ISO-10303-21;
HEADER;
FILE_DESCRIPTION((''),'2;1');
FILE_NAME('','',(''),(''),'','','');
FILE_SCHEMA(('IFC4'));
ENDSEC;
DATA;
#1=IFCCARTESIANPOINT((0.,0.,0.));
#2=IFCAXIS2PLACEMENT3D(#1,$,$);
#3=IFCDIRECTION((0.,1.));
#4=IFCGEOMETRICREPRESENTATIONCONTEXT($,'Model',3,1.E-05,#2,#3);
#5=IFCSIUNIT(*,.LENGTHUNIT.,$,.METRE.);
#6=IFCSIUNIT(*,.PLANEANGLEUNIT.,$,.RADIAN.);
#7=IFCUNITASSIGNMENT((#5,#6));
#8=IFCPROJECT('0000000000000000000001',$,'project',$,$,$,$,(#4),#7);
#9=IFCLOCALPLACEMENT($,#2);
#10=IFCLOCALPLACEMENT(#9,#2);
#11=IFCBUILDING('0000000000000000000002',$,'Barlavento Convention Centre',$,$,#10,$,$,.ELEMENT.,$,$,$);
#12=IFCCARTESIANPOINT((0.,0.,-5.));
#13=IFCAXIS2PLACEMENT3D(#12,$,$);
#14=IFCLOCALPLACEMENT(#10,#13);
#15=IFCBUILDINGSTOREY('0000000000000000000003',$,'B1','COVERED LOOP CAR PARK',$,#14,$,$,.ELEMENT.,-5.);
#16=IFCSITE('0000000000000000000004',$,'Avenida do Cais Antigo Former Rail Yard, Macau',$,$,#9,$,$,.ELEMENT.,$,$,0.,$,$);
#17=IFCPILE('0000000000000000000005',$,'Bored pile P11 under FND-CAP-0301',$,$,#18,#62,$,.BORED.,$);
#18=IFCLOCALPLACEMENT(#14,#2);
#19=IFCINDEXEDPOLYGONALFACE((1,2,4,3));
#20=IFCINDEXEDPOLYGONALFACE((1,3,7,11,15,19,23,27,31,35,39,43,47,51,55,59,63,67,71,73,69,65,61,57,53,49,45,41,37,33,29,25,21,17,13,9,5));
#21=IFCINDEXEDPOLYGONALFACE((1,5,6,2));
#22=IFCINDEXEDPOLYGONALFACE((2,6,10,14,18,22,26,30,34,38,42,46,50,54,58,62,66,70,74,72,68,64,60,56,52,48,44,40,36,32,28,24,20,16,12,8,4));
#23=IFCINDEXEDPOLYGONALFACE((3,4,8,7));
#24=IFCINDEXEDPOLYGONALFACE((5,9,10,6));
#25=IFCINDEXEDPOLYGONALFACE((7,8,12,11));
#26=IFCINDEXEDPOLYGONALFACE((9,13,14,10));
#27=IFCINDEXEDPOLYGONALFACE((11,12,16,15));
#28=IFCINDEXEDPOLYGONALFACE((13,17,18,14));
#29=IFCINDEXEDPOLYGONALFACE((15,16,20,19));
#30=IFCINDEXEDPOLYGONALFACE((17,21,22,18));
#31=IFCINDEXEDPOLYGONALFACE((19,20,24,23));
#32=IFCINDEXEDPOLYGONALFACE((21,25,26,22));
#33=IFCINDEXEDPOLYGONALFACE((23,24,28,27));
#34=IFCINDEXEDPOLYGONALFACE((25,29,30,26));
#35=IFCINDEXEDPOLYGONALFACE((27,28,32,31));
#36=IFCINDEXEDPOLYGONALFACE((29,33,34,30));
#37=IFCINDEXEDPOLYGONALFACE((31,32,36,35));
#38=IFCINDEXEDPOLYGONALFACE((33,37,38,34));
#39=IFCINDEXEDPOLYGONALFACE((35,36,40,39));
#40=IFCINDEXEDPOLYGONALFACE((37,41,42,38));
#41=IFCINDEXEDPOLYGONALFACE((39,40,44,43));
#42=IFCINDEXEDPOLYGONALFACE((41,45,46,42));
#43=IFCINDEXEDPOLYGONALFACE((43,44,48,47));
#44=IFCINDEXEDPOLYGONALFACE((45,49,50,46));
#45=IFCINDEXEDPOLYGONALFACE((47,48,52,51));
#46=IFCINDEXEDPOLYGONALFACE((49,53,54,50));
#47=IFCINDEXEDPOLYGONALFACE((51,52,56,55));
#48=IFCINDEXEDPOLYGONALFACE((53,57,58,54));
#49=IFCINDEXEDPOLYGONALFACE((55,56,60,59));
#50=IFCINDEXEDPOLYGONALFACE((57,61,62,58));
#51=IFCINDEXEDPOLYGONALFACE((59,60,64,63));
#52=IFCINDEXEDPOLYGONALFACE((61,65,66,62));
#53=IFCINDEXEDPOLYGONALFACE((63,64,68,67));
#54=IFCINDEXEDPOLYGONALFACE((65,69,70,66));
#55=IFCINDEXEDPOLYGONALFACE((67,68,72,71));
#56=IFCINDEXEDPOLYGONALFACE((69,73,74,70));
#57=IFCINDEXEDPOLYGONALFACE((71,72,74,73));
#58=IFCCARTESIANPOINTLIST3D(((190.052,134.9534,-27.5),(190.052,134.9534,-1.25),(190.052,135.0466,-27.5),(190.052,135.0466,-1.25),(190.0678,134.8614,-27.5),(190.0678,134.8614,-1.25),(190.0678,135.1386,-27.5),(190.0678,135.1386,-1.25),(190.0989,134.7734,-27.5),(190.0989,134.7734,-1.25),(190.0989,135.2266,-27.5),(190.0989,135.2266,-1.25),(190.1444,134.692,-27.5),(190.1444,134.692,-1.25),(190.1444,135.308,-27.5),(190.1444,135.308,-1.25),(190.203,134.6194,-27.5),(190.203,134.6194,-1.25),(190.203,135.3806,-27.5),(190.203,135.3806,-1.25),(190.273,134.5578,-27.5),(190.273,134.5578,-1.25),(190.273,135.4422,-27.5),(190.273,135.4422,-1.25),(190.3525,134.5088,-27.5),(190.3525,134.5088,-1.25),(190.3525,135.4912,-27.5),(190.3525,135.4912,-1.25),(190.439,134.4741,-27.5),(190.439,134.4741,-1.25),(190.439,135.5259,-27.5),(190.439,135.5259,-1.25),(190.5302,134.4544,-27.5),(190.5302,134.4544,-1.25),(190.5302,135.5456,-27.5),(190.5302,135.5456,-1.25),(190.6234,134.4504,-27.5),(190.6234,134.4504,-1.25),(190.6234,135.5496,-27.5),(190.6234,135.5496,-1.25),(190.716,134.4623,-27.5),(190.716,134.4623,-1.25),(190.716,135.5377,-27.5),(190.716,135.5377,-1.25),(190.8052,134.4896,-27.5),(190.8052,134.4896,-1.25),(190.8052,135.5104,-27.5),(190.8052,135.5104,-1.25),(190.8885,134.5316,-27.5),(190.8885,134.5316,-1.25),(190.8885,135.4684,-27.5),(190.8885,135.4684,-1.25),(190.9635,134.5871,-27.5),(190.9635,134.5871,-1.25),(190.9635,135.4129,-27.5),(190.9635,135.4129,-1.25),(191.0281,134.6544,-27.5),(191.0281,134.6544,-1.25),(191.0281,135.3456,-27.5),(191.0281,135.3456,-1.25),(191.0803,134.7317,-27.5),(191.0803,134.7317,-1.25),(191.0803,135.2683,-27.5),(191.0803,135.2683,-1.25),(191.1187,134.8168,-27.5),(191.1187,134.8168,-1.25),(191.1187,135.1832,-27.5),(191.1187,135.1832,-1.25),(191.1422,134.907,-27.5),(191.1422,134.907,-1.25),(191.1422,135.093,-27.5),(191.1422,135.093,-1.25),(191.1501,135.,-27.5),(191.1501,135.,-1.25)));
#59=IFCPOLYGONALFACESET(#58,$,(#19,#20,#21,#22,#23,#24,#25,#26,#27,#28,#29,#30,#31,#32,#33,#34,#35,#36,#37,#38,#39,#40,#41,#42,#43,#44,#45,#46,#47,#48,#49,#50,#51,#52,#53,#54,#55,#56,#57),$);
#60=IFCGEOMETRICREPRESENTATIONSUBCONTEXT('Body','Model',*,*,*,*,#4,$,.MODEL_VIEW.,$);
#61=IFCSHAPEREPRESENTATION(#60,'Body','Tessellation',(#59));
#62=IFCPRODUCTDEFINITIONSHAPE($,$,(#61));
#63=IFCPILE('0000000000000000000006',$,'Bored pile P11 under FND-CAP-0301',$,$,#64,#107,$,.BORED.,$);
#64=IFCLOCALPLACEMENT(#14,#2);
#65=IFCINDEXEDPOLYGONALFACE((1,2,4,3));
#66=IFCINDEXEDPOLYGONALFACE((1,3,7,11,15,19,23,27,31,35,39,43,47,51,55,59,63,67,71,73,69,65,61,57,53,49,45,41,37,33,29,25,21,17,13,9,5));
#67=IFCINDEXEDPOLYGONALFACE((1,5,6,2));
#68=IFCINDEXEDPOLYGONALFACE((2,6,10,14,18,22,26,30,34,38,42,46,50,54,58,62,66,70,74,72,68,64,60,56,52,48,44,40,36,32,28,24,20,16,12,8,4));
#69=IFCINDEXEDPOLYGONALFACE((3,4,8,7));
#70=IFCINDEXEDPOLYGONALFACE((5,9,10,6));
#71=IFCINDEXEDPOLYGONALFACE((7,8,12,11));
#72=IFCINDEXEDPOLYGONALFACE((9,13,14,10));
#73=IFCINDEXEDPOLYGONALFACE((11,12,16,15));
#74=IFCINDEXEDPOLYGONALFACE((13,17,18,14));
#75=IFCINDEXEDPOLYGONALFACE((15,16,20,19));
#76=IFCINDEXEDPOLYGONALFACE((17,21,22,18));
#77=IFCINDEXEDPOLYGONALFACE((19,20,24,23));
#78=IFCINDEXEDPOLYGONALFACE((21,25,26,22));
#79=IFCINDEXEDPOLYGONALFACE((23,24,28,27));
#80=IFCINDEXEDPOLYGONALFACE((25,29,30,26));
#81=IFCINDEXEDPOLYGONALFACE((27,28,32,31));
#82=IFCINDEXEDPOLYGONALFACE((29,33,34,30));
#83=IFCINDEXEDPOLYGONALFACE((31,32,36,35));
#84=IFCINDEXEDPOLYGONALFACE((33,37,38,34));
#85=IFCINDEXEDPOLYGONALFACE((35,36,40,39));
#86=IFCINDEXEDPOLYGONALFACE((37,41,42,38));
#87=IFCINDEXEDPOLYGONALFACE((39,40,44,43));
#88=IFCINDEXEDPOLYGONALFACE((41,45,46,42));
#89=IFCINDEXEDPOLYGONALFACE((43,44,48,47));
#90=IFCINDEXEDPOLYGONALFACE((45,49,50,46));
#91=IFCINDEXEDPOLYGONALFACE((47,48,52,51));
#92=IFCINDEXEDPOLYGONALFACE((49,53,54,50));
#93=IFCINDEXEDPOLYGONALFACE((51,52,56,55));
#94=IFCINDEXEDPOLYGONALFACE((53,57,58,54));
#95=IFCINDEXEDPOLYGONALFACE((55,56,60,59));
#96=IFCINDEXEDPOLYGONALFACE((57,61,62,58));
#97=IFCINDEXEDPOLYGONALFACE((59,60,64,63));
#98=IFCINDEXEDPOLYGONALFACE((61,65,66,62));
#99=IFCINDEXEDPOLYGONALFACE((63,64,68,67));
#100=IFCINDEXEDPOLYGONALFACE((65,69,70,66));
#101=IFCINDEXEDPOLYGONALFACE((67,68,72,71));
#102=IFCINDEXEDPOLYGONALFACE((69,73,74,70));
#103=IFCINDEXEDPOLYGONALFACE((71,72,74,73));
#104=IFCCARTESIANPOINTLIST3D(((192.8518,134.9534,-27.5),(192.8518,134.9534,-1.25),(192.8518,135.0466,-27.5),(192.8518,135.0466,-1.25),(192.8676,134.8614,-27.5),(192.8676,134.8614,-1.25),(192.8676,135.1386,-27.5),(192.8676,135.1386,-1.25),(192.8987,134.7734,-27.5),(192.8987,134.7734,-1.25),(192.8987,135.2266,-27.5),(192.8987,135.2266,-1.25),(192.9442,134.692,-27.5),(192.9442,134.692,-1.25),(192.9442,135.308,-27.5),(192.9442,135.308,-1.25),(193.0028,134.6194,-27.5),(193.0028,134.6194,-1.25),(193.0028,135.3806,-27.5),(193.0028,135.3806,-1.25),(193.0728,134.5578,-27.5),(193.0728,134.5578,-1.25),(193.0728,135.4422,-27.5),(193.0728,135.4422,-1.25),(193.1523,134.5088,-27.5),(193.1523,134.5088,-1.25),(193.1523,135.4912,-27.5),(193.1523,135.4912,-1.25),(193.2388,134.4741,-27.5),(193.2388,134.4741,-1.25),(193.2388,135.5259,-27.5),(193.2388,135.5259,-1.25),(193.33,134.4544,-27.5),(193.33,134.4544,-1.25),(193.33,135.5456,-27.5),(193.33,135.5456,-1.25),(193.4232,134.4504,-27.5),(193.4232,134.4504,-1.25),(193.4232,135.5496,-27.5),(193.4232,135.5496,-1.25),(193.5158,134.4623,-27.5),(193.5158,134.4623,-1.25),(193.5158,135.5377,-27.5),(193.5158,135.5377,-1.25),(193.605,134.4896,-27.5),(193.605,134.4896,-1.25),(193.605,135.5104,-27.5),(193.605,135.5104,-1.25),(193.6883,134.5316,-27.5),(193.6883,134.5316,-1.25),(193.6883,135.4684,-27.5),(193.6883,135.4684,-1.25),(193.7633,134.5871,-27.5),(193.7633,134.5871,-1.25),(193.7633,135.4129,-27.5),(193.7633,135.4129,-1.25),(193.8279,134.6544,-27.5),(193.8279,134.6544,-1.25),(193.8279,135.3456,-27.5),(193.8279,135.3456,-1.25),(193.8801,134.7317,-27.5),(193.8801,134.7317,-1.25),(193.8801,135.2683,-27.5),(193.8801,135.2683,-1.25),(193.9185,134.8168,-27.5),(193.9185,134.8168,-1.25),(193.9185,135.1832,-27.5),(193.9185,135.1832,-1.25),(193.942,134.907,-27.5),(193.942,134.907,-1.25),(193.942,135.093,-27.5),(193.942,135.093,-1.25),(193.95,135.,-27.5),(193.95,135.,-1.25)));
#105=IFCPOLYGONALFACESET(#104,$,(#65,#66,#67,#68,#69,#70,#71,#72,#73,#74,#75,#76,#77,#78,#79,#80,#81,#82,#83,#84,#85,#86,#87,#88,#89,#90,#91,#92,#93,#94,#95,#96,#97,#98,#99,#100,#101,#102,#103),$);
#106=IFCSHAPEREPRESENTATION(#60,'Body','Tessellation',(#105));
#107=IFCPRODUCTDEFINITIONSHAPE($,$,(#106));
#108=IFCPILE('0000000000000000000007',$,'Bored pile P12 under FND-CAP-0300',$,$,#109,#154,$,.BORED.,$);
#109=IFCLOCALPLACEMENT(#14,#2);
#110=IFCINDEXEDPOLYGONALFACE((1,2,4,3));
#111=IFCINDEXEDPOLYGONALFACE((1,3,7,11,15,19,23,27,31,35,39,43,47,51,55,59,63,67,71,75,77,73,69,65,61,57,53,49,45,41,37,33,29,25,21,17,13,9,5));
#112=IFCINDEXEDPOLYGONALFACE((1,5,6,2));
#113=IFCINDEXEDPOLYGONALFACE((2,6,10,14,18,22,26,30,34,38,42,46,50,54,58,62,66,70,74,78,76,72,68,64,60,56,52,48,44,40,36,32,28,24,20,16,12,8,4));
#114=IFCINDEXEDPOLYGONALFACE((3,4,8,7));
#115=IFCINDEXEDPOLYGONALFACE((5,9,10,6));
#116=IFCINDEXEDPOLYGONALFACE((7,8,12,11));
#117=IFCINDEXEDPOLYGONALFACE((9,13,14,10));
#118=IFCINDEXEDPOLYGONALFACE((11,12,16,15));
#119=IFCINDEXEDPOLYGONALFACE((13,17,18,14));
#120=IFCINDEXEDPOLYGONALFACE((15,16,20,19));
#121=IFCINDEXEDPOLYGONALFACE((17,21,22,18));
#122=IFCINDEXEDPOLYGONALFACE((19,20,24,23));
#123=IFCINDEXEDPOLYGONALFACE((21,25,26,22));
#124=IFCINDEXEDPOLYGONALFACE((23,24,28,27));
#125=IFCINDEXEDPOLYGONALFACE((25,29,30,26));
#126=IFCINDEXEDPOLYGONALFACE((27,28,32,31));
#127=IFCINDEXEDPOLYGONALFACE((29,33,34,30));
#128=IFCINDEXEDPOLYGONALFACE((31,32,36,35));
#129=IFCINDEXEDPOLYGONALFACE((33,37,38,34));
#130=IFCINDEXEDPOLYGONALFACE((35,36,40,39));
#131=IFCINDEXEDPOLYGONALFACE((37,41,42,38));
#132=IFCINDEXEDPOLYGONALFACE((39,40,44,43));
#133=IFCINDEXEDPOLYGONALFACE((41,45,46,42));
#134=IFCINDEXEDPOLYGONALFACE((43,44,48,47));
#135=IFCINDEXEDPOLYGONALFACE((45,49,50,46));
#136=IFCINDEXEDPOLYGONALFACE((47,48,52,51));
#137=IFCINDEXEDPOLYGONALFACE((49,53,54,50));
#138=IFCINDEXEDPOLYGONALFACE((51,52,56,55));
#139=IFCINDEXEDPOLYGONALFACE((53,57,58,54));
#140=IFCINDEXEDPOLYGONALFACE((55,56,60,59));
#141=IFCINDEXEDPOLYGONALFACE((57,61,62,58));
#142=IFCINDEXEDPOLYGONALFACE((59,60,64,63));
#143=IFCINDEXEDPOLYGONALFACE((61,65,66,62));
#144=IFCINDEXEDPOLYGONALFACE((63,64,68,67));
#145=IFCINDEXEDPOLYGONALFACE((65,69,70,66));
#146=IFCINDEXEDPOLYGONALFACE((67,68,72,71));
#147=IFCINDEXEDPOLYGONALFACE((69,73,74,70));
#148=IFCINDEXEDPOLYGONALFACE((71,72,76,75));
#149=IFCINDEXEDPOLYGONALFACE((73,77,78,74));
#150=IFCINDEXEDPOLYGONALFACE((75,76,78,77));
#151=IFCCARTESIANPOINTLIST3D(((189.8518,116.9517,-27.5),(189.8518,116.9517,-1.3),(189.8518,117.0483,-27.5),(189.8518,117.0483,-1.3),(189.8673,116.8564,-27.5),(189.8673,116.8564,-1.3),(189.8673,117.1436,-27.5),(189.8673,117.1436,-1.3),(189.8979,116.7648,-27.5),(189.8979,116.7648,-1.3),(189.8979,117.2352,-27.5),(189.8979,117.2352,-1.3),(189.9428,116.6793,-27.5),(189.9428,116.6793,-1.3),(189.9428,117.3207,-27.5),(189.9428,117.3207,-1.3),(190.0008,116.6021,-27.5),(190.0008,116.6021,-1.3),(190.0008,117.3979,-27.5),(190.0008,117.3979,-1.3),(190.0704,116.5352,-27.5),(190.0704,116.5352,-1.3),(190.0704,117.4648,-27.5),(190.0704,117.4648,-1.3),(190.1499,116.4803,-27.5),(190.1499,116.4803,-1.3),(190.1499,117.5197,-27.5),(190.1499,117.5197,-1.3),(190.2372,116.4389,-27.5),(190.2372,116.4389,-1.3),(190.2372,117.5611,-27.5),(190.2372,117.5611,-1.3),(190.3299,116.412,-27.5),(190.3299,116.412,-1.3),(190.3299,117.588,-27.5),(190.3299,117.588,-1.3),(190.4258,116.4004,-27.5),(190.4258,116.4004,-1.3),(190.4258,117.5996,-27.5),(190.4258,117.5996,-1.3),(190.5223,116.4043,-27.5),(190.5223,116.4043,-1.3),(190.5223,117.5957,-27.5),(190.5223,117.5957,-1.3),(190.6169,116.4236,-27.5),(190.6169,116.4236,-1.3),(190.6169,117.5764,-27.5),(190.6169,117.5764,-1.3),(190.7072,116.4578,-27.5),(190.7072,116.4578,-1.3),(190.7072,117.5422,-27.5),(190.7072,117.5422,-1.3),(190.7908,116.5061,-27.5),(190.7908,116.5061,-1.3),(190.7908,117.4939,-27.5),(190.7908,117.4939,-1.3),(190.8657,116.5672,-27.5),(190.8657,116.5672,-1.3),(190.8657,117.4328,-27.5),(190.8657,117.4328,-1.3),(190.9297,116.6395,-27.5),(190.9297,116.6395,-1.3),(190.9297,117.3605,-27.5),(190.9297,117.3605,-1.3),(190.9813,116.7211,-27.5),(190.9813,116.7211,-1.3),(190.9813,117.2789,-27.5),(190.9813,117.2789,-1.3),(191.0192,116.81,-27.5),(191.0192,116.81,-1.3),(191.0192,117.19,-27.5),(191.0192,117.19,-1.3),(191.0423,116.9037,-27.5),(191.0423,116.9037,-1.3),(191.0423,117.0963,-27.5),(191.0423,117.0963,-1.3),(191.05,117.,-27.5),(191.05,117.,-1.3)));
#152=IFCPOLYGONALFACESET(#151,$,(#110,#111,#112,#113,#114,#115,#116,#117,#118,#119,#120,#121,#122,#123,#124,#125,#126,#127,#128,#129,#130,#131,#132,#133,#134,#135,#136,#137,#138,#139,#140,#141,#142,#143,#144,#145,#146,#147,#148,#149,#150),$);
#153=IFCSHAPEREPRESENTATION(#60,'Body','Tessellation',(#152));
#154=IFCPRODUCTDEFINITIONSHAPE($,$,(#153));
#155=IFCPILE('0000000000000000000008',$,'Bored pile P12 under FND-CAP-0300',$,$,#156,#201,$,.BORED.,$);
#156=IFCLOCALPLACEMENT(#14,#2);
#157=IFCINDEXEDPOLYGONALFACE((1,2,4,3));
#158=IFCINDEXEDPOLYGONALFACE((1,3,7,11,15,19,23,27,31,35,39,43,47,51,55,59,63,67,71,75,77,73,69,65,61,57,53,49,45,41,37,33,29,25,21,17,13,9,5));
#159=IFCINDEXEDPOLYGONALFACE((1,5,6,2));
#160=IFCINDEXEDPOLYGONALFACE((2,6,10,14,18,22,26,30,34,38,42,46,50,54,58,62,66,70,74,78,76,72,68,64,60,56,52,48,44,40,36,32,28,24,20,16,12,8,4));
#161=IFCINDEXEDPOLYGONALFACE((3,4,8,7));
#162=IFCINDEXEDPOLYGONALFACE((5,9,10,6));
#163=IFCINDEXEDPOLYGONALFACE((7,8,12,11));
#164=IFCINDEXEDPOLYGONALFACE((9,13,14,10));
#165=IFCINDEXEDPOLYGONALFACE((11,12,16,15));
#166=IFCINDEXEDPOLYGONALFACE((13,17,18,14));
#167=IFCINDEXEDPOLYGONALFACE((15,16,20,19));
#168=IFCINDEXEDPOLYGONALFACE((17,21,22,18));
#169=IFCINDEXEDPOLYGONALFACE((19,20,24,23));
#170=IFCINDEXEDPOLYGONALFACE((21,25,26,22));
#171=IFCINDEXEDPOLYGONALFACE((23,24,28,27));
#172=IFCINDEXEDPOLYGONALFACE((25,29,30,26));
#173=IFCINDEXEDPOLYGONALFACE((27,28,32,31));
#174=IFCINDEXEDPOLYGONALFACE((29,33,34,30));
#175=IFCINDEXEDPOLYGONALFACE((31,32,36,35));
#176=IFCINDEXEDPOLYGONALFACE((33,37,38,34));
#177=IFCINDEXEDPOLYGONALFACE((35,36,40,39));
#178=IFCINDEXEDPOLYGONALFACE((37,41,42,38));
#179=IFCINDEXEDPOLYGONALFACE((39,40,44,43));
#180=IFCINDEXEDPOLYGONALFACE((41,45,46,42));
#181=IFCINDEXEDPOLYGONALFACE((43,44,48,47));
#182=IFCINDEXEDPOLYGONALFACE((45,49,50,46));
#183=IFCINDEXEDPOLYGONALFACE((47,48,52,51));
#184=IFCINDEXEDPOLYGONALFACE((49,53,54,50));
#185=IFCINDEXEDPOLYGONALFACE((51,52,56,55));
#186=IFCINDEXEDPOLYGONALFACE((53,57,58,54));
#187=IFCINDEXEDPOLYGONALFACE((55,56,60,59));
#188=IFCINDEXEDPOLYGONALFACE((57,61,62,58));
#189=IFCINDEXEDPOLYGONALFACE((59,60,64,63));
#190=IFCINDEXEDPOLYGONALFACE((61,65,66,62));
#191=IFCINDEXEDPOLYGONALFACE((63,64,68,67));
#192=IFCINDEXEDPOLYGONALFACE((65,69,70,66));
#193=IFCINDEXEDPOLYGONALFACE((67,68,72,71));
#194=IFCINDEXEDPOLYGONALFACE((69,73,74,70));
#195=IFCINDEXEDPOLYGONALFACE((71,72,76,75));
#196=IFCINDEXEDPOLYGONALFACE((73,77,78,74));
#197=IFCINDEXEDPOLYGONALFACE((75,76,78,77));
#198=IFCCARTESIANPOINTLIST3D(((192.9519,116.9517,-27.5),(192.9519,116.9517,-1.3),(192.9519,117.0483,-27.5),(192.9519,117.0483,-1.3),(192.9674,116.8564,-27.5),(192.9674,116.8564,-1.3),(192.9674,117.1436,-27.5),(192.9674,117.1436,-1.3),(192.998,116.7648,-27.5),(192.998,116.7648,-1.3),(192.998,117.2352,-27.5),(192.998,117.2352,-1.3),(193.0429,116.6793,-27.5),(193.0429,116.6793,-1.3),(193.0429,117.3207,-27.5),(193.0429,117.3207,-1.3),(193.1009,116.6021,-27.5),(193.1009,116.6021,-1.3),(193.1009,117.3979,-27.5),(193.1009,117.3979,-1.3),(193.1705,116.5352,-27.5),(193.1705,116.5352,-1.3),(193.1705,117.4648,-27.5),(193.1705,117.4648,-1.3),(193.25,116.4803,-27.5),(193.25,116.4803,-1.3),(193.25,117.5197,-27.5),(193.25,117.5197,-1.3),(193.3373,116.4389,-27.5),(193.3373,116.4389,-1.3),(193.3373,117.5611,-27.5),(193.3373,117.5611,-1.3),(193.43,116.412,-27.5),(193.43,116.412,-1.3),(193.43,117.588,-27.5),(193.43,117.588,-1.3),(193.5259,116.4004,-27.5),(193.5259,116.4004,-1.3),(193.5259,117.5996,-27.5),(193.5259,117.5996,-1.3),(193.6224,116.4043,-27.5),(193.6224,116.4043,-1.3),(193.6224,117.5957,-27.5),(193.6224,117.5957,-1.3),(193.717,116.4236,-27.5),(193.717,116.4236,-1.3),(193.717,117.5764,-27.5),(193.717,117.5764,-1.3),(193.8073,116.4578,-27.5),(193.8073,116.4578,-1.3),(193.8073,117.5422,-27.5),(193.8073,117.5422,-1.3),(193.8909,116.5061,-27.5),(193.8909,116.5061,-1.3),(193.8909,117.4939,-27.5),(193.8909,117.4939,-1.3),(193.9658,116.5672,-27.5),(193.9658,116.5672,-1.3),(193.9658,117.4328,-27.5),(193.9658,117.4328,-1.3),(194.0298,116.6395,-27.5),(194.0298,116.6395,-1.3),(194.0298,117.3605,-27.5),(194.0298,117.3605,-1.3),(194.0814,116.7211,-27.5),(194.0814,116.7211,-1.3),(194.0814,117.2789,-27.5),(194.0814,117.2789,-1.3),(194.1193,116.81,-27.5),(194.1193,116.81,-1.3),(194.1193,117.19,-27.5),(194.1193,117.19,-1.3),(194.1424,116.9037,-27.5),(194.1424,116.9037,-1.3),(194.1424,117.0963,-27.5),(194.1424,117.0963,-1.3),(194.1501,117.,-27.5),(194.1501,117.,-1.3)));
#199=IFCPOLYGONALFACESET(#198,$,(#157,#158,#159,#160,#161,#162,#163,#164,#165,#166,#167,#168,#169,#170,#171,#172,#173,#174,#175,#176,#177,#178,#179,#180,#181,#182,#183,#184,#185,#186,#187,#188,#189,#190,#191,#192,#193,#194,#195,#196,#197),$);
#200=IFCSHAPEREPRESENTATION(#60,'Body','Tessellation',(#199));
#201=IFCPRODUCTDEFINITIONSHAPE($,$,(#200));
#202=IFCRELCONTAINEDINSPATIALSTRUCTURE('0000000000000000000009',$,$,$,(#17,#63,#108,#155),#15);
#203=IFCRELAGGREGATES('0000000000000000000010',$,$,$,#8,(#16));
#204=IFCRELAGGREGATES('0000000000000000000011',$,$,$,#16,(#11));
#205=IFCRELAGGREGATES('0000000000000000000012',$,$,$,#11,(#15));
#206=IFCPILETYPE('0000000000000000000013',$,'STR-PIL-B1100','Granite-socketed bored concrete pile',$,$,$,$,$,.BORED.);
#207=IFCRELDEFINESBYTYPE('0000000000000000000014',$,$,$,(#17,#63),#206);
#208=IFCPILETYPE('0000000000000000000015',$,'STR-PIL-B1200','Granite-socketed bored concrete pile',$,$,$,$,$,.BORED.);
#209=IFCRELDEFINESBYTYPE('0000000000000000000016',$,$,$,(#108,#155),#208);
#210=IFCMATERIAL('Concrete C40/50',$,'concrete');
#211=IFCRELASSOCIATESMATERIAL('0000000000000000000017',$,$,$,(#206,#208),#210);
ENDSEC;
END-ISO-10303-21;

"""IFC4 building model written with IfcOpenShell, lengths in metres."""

from ifc_helpers import new_model, si_unit, direction, frame, origin, origin_2d, place, context, subcontext, project, spatial, circle, extrude, material, material_profile, profile_set, type_object, element, save


model = new_model("IFC4")

# Units and contexts
model_context = context("Model", 3, precision=1e-05, world=origin(), true_north=direction((0.0, 1.0)))
body_context = subcontext(model_context, "Body", "Model", "MODEL_VIEW")
ifc_project = project(units=[si_unit("LENGTHUNIT", "METRE"), si_unit("PLANEANGLEUNIT", "RADIAN")], contexts=[model_context])

# Site, building, storey
site_placement = place(None, origin())
site = spatial("IfcSite", under=ifc_project, at=site_placement, Name="Avenida do Cais Antigo Former Rail Yard, Macau", CompositionType="ELEMENT", RefElevation=0.0)
building_placement = place(site_placement, origin())
building = spatial("IfcBuilding", under=site, at=building_placement, Name="Barlavento Convention Centre", CompositionType="ELEMENT")
storey_placement = place(building_placement, frame((0.0, 0.0, -5.0)))
storey = spatial("IfcBuildingStorey", under=building, at=storey_placement, Name="B1", Description="COVERED LOOP CAR PARK", CompositionType="ELEMENT", Elevation=-5.0)

# Shared definitions
ifc_material_1 = material(Name="Concrete C40/50", Category="concrete")

# Piles
ifc_material_profile_1 = material_profile(ifc_material_1, circle(Radius=0.55, at=origin_2d()), Name="BORED PILE 1100")
ifc_profile_set_1 = profile_set([ifc_material_profile_1], Name="Concrete C40/50")
pile_type_1 = type_object("IfcPileType", Name="STR-PIL-B1100", Description="Granite-socketed bored concrete pile", PredefinedType="BORED", material=ifc_profile_set_1)
for number, where, z_axis, x_axis, name in (
    (1, (190.6001, 135.0, -1.25), (0.0, 0.0, -1.0), (1.0, 0.0, 0.0), "Bored pile P11 under FND-CAP-0301"),
    (2, (193.3999, 135.0, -1.25), (0.0, 0.0, -1.0), (1.0, 0.0, 0.0), "Bored pile P11 under FND-CAP-0301"),
):
    element("IfcPile", number, at=place(storey_placement, frame(where, z_axis=z_axis, x_axis=x_axis)), inside=storey, type_object=pile_type_1, Name=name, PredefinedType="BORED", context=body_context, shape_type="SweptSolid", body=[
        extrude(circle(Radius=0.55, at=origin_2d()), origin(), (0.0, 0.0, 1.0), 26.25),
    ])
ifc_material_profile_2 = material_profile(ifc_material_1, circle(Radius=0.6001, at=origin_2d()), Name="BORED PILE 1200")
ifc_profile_set_2 = profile_set([ifc_material_profile_2], Name="Concrete C40/50")
pile_type_2 = type_object("IfcPileType", Name="STR-PIL-B1200", Description="Granite-socketed bored concrete pile", PredefinedType="BORED", material=ifc_profile_set_2)
for number, where, z_axis, x_axis, name in (
    (3, (190.45, 117.0, -1.3), (0.0, 0.0, -1.0), (1.0, 0.0, 0.0), "Bored pile P12 under FND-CAP-0300"),
    (4, (193.55, 117.0, -1.3), (0.0, 0.0, -1.0), (1.0, 0.0, 0.0), "Bored pile P12 under FND-CAP-0300"),
):
    element("IfcPile", number, at=place(storey_placement, frame(where, z_axis=z_axis, x_axis=x_axis)), inside=storey, type_object=pile_type_2, Name=name, PredefinedType="BORED", context=body_context, shape_type="SweptSolid", body=[
        extrude(circle(Radius=0.6001, at=origin_2d()), origin(), (0.0, 0.0, 1.0), 26.2),
    ])

save(model, "model.ifc")
